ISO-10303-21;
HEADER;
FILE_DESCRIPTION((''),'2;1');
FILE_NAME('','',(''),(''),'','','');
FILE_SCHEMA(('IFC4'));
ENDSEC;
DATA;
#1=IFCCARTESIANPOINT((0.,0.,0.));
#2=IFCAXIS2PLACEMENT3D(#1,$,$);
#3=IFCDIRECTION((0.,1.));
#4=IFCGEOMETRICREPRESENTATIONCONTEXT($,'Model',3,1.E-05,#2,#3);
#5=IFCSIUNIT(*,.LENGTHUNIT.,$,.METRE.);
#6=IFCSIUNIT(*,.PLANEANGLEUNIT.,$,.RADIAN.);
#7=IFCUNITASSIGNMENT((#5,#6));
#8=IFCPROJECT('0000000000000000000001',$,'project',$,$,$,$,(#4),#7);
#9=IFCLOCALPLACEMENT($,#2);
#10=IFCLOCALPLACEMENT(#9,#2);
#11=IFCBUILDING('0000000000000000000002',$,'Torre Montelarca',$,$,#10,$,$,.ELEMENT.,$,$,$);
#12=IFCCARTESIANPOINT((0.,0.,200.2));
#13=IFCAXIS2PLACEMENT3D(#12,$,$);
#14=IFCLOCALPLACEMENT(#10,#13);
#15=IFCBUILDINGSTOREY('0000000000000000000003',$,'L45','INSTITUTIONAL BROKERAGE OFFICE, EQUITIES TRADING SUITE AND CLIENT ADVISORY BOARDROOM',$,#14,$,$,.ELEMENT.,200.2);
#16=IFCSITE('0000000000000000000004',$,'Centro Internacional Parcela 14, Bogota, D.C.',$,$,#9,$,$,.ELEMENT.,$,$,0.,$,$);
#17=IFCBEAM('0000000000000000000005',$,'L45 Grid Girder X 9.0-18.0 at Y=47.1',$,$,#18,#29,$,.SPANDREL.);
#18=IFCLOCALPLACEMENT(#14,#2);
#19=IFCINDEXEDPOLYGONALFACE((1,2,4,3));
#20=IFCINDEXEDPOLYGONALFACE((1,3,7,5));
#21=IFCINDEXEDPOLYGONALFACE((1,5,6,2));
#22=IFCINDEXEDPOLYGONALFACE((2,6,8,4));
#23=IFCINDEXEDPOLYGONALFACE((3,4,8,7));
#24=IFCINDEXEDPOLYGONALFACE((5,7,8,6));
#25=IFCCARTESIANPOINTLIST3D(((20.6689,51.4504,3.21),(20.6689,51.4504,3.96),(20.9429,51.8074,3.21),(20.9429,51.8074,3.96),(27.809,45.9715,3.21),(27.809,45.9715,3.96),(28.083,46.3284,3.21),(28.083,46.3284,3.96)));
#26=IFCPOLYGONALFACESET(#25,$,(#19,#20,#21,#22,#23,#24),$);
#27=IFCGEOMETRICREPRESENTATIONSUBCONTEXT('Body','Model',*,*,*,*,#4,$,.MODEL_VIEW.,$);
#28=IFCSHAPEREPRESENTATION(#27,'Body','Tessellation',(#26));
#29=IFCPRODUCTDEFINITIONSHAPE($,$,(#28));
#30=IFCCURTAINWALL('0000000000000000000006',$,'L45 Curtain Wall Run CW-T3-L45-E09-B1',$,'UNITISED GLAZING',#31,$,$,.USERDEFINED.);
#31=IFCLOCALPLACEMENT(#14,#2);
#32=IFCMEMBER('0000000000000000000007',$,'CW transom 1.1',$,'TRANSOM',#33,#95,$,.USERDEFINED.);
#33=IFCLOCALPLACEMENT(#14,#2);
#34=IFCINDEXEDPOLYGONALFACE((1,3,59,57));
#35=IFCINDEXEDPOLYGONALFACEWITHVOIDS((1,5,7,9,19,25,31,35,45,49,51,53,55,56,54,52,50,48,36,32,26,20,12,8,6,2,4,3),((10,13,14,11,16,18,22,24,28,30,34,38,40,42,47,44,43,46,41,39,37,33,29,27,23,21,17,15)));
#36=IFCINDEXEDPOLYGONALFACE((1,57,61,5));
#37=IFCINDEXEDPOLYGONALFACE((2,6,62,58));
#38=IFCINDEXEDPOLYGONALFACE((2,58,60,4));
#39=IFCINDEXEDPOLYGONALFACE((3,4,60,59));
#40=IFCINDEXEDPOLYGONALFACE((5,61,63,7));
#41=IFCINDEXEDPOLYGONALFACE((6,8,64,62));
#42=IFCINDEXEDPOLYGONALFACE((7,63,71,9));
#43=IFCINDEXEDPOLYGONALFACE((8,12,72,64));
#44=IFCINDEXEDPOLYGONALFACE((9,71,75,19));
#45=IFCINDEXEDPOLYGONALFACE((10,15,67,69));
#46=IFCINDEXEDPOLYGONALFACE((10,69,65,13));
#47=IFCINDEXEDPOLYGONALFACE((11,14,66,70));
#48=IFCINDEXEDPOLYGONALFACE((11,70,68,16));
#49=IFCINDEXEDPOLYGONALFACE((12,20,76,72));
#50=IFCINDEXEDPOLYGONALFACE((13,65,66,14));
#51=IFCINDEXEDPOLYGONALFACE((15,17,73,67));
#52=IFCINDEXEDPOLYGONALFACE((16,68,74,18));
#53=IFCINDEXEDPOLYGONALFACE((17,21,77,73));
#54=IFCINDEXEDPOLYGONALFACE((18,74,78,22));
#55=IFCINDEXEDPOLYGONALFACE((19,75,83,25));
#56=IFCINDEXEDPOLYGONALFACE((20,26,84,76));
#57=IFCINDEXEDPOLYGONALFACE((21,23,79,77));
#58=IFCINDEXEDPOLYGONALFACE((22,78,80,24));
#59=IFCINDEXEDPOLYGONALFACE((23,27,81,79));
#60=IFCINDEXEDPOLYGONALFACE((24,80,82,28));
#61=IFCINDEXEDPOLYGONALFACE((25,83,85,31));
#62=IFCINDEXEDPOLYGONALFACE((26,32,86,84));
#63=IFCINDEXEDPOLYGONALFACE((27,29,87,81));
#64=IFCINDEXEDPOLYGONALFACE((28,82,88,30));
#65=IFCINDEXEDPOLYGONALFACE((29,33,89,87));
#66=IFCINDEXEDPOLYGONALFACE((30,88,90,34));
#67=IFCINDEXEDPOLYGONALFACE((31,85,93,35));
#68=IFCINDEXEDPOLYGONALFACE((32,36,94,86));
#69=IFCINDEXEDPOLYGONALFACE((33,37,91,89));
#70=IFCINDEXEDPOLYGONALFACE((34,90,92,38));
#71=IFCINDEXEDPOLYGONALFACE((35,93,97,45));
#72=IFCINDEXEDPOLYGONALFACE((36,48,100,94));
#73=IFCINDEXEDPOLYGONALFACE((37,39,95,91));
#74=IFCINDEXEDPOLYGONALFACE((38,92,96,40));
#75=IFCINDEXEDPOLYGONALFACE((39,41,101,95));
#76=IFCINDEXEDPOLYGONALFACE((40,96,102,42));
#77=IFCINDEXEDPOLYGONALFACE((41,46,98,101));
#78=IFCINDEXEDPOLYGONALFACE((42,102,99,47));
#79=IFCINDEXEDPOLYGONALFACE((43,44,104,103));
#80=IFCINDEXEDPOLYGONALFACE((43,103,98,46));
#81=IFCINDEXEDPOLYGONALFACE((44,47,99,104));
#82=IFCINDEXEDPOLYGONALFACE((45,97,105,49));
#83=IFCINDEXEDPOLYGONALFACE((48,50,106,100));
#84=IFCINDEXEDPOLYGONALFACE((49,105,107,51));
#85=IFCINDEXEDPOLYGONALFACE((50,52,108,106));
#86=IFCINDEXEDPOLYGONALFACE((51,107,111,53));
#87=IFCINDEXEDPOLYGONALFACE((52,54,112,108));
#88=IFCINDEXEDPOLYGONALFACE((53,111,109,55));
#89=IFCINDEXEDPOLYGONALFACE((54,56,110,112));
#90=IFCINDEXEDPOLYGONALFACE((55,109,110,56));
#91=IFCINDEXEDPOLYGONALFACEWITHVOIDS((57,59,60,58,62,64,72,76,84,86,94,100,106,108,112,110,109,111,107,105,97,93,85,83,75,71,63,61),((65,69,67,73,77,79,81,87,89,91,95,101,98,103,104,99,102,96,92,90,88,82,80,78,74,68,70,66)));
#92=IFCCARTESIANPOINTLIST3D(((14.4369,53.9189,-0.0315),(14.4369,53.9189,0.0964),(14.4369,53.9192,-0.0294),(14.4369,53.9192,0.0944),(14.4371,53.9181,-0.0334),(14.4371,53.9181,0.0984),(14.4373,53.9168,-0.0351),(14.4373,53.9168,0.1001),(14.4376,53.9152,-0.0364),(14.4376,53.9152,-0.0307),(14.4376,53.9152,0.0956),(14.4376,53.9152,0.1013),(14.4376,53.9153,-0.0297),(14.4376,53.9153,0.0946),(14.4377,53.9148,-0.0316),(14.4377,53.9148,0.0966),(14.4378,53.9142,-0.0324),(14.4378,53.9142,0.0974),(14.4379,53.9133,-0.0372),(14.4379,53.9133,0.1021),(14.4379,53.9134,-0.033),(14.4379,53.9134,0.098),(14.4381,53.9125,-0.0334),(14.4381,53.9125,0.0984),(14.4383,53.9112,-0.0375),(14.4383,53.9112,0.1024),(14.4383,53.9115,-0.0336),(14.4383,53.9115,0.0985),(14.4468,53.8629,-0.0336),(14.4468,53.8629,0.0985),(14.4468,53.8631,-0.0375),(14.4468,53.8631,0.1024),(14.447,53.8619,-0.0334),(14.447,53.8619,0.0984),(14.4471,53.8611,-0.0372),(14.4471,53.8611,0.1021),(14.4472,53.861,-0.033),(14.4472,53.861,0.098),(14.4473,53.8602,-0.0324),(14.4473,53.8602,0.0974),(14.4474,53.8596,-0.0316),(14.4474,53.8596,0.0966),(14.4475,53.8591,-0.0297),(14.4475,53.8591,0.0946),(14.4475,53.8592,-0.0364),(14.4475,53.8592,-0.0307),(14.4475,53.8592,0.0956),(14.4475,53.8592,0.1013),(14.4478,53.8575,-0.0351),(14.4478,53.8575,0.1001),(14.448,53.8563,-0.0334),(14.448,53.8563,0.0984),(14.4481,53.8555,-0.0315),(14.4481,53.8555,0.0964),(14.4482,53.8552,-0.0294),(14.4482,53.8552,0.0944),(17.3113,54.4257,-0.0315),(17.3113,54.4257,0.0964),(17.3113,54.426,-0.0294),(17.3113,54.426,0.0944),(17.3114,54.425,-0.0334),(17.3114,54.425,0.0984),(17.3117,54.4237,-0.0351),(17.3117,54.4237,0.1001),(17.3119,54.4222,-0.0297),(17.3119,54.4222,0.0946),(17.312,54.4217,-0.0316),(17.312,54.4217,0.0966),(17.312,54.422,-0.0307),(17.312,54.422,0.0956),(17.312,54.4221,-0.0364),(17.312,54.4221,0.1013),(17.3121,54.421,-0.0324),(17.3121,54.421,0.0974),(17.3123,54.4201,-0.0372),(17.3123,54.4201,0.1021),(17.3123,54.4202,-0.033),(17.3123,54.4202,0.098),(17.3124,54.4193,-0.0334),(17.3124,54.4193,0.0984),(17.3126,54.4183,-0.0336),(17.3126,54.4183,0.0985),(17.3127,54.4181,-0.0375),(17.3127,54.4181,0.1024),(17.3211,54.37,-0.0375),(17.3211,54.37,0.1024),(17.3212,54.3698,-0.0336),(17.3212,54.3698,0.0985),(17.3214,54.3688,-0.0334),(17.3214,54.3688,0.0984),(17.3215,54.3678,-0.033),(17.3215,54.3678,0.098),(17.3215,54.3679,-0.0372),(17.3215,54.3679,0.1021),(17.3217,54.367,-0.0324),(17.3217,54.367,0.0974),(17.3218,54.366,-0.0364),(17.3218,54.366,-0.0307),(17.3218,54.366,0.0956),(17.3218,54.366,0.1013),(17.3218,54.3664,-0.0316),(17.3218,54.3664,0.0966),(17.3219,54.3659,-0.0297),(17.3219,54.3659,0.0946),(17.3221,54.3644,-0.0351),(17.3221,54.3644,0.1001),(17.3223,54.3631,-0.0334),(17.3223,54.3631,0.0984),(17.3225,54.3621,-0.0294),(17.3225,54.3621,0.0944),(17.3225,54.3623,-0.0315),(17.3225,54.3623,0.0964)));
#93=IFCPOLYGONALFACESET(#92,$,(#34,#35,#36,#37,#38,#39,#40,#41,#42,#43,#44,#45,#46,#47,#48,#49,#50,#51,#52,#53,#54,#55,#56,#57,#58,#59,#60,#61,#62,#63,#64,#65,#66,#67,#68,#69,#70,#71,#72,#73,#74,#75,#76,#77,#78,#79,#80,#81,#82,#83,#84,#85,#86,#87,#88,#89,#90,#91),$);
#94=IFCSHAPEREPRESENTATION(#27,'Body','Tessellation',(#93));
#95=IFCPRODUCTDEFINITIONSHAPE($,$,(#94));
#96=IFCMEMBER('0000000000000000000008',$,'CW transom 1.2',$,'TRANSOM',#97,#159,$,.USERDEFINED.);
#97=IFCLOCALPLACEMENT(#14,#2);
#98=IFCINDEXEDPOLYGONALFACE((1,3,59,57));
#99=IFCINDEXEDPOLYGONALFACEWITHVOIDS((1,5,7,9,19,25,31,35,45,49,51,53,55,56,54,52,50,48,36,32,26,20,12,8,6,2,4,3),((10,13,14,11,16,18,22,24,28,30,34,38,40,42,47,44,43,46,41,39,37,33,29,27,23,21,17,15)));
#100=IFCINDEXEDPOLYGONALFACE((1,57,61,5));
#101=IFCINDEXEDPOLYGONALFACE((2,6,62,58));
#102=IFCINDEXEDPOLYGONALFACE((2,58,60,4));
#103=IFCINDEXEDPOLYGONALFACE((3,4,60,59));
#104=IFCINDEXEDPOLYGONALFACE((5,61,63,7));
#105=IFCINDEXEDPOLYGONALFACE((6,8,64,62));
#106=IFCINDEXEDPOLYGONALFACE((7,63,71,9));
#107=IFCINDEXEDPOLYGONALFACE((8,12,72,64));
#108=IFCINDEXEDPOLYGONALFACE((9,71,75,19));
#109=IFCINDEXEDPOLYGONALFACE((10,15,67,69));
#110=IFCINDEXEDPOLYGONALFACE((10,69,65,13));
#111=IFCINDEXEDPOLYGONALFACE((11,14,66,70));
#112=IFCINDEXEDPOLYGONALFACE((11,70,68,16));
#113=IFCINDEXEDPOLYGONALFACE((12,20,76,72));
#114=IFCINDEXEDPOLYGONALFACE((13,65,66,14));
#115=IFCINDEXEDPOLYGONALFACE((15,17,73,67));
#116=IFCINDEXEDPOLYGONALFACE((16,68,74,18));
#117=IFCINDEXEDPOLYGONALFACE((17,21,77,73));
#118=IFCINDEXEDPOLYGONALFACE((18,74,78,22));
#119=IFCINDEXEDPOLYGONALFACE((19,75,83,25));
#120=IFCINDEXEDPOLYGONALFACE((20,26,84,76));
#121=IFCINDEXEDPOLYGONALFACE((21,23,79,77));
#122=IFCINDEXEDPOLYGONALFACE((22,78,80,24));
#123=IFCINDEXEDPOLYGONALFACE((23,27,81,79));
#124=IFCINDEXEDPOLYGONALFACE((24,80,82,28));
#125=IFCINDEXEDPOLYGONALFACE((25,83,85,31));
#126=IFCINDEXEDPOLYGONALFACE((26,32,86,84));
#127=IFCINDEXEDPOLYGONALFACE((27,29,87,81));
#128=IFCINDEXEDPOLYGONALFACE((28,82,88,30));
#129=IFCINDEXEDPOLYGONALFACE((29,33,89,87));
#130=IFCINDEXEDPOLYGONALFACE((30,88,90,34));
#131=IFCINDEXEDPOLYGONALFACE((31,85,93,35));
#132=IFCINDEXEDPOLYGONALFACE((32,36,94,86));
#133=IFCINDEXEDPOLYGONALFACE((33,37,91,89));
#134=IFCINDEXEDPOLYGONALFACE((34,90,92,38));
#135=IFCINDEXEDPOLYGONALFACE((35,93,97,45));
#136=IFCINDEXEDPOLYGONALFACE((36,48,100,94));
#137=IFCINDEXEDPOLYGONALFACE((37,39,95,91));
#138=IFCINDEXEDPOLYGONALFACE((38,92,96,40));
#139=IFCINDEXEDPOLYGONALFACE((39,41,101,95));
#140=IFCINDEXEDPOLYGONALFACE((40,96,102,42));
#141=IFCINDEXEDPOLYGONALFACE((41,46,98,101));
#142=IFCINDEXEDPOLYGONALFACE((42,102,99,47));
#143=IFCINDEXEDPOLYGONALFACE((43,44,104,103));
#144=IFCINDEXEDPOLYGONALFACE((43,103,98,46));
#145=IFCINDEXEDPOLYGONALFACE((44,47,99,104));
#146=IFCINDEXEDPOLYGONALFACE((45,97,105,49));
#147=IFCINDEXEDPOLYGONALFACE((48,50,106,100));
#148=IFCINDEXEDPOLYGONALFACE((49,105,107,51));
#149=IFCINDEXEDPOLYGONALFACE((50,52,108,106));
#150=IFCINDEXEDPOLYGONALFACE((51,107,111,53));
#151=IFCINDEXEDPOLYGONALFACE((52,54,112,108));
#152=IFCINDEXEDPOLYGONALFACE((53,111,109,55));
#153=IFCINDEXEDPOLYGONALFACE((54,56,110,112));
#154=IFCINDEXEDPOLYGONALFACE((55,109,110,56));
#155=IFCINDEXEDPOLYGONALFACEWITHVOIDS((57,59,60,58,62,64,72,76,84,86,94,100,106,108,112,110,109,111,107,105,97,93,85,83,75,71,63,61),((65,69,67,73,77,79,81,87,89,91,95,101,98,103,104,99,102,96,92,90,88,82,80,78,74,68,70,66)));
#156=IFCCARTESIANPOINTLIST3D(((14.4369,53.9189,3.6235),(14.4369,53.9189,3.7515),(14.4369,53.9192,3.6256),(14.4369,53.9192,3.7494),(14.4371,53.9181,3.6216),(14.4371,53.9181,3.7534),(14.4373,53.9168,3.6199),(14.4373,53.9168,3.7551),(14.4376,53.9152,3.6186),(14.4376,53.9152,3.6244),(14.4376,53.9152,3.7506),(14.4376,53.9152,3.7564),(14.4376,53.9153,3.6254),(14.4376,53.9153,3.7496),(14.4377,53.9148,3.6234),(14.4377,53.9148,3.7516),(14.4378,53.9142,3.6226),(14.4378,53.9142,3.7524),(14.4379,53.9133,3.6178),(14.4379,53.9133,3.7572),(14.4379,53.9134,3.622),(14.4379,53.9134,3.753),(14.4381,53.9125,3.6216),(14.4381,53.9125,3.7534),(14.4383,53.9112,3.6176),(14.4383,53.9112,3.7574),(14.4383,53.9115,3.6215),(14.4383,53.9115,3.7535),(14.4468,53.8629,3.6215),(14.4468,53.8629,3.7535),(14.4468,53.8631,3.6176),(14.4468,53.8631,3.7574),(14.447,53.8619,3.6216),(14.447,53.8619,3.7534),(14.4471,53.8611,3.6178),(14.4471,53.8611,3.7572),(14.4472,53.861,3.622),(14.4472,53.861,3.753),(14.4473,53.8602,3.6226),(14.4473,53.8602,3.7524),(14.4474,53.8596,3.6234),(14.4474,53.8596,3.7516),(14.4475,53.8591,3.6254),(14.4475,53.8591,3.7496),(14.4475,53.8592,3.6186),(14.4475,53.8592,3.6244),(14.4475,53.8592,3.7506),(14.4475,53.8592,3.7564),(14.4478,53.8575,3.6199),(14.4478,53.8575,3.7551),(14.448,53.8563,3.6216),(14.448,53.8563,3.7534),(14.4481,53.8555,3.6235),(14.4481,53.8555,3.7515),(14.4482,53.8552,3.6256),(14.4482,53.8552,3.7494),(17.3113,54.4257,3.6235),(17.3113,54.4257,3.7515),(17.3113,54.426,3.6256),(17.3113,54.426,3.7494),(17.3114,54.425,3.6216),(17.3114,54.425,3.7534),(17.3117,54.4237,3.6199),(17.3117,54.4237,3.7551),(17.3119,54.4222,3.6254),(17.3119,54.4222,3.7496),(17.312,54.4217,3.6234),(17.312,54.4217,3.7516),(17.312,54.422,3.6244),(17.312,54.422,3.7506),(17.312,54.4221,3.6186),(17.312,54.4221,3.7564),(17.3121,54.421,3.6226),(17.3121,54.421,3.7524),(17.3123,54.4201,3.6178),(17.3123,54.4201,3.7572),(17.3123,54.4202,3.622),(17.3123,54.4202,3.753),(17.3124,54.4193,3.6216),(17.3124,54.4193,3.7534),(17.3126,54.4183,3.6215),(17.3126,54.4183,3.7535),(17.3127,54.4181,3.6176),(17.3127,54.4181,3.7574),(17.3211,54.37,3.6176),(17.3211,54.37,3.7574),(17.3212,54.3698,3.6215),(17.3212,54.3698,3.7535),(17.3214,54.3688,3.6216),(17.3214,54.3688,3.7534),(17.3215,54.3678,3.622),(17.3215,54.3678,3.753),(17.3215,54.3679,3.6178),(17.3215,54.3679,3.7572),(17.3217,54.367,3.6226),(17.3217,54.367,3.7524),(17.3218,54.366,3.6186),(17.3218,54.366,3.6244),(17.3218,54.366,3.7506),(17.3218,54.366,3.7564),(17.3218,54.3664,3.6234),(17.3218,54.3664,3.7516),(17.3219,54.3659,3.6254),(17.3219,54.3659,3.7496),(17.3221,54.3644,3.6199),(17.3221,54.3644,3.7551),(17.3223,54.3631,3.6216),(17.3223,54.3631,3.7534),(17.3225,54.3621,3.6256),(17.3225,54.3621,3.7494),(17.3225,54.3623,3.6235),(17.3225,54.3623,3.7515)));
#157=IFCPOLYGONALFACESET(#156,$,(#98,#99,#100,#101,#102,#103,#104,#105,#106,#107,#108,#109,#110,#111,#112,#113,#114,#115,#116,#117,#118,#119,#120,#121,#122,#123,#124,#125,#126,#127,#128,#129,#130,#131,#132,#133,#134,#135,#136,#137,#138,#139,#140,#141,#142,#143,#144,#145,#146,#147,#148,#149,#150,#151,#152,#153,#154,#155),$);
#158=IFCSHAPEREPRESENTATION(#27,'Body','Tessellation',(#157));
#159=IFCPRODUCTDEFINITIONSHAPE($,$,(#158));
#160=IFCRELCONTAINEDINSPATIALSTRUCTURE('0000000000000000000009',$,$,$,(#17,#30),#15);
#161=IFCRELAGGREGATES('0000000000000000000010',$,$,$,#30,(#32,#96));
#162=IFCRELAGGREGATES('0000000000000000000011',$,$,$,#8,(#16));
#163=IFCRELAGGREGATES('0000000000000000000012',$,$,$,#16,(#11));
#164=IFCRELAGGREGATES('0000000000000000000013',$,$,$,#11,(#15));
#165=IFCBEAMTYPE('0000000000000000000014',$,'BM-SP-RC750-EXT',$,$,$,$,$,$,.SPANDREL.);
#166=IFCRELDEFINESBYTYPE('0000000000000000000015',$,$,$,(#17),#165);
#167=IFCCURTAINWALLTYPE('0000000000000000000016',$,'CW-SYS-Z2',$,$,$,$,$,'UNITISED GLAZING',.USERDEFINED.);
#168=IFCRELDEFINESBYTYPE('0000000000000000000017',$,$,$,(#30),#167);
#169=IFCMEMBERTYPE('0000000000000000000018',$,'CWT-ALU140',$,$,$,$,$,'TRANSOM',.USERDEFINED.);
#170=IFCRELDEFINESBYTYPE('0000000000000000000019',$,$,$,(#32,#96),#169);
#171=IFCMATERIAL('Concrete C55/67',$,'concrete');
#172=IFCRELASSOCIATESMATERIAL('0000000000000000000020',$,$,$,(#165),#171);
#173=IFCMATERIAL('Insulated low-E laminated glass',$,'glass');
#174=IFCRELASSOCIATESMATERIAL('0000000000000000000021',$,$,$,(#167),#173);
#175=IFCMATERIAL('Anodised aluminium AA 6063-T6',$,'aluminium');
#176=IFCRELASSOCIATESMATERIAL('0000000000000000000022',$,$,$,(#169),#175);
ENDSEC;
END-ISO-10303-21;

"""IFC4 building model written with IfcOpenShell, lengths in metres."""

from ifc_helpers import new_model, si_unit, direction, frame, origin, origin_2d, place, context, subcontext, project, spatial, rectangle, hollow_rectangle, extrude, source, transform, mapped, material, material_profile, profile_set, type_object, element, aggregate, save


model = new_model("IFC4")

# Units and contexts
model_context = context("Model", 3, precision=1e-05, world=origin(), true_north=direction((0.0, 1.0)))
body_context = subcontext(model_context, "Body", "Model", "MODEL_VIEW")
ifc_project = project(units=[si_unit("LENGTHUNIT", "METRE"), si_unit("PLANEANGLEUNIT", "RADIAN")], contexts=[model_context])

# Site, building, storey
site_placement = place(None, origin())
site = spatial("IfcSite", under=ifc_project, at=site_placement, Name="Centro Internacional Parcela 14, Bogota, D.C.", CompositionType="ELEMENT", RefElevation=0.0)
building_placement = place(site_placement, origin())
building = spatial("IfcBuilding", under=site, at=building_placement, Name="Torre Montelarca", CompositionType="ELEMENT")
storey_placement = place(building_placement, frame((0.0, 0.0, 200.2)))
storey = spatial("IfcBuildingStorey", under=building, at=storey_placement, Name="L45", Description="INSTITUTIONAL BROKERAGE OFFICE, EQUITIES TRADING SUITE AND CLIENT ADVISORY BOARDROOM", CompositionType="ELEMENT", Elevation=200.2)

# Shared definitions
ifc_material_1 = material(Name="Concrete C55/67", Category="concrete")

# Beam
ifc_material_profile_1 = material_profile(ifc_material_1, rectangle(XDim=0.45, YDim=0.75, at=origin_2d()), Name="RCB450X750", Category="concrete")
ifc_profile_set_1 = profile_set([ifc_material_profile_1], Name="Concrete C55/67")
beam_type = type_object("IfcBeamType", Name="BM-SP-RC750-EXT", PredefinedType="SPANDREL", material=ifc_profile_set_1)
shared_shape_1 = source(origin(), body_context, "Body", "SweptSolid", [
    extrude(rectangle(XDim=0.45, YDim=0.75, at=origin_2d()), origin(), (0.0, 0.0, 1.0), 9.0),
])
beam_placement = place(storey_placement, frame((20.8059, 51.6289, 3.585), z_axis=(0.793343, -0.608774, 0.0), x_axis=(0.608774, 0.793343, 0.0)))
element("IfcBeam", 1, at=beam_placement, inside=storey, type_object=beam_type, Name="L45 Grid Girder X 9.0-18.0 at Y=47.1", PredefinedType="SPANDREL", context=body_context, shape_type="MappedRepresentation", body=[
    mapped(shared_shape_1, transform((0.0, 0.0, 0.0), scale=1.0)),
])

# Curtain wall, members
ifc_material_2 = material(Name="Insulated low-E laminated glass", Category="glass")
curtain_wall_type = type_object("IfcCurtainWallType", Name="CW-SYS-Z2", ElementType="UNITISED GLAZING", PredefinedType="USERDEFINED", material=ifc_material_2)
curtain_wall_1_placement = place(storey_placement, origin())
curtain_wall_1 = element("IfcCurtainWall", 2, at=curtain_wall_1_placement, inside=storey, type_object=curtain_wall_type, Name="L45 Curtain Wall Run CW-T3-L45-E09-B1", ObjectType="UNITISED GLAZING", PredefinedType="USERDEFINED")
ifc_material_3 = material(Name="Anodised aluminium AA 6063-T6", Category="aluminium")
ifc_material_profile_2 = material_profile(ifc_material_3, hollow_rectangle(XDim=0.0649, YDim=0.1399, WallThickness=0.0039, InnerFilletRadius=0.0039, OuterFilletRadius=0.0081, at=origin_2d()), Name="ALU65X140X4", Category="aluminium")
ifc_profile_set_2 = profile_set([ifc_material_profile_2], Name="Anodised aluminium AA 6063-T6")
member_type_1 = type_object("IfcMemberType", Name="CWT-ALU140", ElementType="TRANSOM", PredefinedType="USERDEFINED", material=ifc_profile_set_2)
shared_shape_2 = source(origin(), body_context, "Body", "SweptSolid", [
    extrude(hollow_rectangle(XDim=0.0649, YDim=0.1399, WallThickness=0.0039, InnerFilletRadius=0.0039, OuterFilletRadius=0.0081, at=origin_2d()), origin(), (0.0, 0.0, 1.0), 2.9187),
])
member_1_placement = place(storey_placement, frame((17.3169, 54.394, 0.0325), z_axis=(-0.984806, -0.173656, 0.0), x_axis=(0.173656, -0.984806, 0.0)))
member_1 = element("IfcMember", 3, at=member_1_placement, type_object=member_type_1, Name="CW transom 1.1", ObjectType="TRANSOM", PredefinedType="USERDEFINED", context=body_context, shape_type="MappedRepresentation", body=[
    mapped(shared_shape_2, transform((0.0, 0.0, 0.0), scale=1.0)),
])
member_2_placement = place(storey_placement, frame((17.3169, 54.394, 3.6875), z_axis=(-0.984806, -0.173656, 0.0), x_axis=(0.173656, -0.984806, 0.0)))
member_2 = element("IfcMember", 4, at=member_2_placement, type_object=member_type_1, Name="CW transom 1.2", ObjectType="TRANSOM", PredefinedType="USERDEFINED", context=body_context, shape_type="MappedRepresentation", body=[
    mapped(shared_shape_2, transform((0.0, 0.0, 0.0), scale=1.0)),
])

aggregate(curtain_wall_1, [member_1, member_2])

save(model, "model.ifc")
